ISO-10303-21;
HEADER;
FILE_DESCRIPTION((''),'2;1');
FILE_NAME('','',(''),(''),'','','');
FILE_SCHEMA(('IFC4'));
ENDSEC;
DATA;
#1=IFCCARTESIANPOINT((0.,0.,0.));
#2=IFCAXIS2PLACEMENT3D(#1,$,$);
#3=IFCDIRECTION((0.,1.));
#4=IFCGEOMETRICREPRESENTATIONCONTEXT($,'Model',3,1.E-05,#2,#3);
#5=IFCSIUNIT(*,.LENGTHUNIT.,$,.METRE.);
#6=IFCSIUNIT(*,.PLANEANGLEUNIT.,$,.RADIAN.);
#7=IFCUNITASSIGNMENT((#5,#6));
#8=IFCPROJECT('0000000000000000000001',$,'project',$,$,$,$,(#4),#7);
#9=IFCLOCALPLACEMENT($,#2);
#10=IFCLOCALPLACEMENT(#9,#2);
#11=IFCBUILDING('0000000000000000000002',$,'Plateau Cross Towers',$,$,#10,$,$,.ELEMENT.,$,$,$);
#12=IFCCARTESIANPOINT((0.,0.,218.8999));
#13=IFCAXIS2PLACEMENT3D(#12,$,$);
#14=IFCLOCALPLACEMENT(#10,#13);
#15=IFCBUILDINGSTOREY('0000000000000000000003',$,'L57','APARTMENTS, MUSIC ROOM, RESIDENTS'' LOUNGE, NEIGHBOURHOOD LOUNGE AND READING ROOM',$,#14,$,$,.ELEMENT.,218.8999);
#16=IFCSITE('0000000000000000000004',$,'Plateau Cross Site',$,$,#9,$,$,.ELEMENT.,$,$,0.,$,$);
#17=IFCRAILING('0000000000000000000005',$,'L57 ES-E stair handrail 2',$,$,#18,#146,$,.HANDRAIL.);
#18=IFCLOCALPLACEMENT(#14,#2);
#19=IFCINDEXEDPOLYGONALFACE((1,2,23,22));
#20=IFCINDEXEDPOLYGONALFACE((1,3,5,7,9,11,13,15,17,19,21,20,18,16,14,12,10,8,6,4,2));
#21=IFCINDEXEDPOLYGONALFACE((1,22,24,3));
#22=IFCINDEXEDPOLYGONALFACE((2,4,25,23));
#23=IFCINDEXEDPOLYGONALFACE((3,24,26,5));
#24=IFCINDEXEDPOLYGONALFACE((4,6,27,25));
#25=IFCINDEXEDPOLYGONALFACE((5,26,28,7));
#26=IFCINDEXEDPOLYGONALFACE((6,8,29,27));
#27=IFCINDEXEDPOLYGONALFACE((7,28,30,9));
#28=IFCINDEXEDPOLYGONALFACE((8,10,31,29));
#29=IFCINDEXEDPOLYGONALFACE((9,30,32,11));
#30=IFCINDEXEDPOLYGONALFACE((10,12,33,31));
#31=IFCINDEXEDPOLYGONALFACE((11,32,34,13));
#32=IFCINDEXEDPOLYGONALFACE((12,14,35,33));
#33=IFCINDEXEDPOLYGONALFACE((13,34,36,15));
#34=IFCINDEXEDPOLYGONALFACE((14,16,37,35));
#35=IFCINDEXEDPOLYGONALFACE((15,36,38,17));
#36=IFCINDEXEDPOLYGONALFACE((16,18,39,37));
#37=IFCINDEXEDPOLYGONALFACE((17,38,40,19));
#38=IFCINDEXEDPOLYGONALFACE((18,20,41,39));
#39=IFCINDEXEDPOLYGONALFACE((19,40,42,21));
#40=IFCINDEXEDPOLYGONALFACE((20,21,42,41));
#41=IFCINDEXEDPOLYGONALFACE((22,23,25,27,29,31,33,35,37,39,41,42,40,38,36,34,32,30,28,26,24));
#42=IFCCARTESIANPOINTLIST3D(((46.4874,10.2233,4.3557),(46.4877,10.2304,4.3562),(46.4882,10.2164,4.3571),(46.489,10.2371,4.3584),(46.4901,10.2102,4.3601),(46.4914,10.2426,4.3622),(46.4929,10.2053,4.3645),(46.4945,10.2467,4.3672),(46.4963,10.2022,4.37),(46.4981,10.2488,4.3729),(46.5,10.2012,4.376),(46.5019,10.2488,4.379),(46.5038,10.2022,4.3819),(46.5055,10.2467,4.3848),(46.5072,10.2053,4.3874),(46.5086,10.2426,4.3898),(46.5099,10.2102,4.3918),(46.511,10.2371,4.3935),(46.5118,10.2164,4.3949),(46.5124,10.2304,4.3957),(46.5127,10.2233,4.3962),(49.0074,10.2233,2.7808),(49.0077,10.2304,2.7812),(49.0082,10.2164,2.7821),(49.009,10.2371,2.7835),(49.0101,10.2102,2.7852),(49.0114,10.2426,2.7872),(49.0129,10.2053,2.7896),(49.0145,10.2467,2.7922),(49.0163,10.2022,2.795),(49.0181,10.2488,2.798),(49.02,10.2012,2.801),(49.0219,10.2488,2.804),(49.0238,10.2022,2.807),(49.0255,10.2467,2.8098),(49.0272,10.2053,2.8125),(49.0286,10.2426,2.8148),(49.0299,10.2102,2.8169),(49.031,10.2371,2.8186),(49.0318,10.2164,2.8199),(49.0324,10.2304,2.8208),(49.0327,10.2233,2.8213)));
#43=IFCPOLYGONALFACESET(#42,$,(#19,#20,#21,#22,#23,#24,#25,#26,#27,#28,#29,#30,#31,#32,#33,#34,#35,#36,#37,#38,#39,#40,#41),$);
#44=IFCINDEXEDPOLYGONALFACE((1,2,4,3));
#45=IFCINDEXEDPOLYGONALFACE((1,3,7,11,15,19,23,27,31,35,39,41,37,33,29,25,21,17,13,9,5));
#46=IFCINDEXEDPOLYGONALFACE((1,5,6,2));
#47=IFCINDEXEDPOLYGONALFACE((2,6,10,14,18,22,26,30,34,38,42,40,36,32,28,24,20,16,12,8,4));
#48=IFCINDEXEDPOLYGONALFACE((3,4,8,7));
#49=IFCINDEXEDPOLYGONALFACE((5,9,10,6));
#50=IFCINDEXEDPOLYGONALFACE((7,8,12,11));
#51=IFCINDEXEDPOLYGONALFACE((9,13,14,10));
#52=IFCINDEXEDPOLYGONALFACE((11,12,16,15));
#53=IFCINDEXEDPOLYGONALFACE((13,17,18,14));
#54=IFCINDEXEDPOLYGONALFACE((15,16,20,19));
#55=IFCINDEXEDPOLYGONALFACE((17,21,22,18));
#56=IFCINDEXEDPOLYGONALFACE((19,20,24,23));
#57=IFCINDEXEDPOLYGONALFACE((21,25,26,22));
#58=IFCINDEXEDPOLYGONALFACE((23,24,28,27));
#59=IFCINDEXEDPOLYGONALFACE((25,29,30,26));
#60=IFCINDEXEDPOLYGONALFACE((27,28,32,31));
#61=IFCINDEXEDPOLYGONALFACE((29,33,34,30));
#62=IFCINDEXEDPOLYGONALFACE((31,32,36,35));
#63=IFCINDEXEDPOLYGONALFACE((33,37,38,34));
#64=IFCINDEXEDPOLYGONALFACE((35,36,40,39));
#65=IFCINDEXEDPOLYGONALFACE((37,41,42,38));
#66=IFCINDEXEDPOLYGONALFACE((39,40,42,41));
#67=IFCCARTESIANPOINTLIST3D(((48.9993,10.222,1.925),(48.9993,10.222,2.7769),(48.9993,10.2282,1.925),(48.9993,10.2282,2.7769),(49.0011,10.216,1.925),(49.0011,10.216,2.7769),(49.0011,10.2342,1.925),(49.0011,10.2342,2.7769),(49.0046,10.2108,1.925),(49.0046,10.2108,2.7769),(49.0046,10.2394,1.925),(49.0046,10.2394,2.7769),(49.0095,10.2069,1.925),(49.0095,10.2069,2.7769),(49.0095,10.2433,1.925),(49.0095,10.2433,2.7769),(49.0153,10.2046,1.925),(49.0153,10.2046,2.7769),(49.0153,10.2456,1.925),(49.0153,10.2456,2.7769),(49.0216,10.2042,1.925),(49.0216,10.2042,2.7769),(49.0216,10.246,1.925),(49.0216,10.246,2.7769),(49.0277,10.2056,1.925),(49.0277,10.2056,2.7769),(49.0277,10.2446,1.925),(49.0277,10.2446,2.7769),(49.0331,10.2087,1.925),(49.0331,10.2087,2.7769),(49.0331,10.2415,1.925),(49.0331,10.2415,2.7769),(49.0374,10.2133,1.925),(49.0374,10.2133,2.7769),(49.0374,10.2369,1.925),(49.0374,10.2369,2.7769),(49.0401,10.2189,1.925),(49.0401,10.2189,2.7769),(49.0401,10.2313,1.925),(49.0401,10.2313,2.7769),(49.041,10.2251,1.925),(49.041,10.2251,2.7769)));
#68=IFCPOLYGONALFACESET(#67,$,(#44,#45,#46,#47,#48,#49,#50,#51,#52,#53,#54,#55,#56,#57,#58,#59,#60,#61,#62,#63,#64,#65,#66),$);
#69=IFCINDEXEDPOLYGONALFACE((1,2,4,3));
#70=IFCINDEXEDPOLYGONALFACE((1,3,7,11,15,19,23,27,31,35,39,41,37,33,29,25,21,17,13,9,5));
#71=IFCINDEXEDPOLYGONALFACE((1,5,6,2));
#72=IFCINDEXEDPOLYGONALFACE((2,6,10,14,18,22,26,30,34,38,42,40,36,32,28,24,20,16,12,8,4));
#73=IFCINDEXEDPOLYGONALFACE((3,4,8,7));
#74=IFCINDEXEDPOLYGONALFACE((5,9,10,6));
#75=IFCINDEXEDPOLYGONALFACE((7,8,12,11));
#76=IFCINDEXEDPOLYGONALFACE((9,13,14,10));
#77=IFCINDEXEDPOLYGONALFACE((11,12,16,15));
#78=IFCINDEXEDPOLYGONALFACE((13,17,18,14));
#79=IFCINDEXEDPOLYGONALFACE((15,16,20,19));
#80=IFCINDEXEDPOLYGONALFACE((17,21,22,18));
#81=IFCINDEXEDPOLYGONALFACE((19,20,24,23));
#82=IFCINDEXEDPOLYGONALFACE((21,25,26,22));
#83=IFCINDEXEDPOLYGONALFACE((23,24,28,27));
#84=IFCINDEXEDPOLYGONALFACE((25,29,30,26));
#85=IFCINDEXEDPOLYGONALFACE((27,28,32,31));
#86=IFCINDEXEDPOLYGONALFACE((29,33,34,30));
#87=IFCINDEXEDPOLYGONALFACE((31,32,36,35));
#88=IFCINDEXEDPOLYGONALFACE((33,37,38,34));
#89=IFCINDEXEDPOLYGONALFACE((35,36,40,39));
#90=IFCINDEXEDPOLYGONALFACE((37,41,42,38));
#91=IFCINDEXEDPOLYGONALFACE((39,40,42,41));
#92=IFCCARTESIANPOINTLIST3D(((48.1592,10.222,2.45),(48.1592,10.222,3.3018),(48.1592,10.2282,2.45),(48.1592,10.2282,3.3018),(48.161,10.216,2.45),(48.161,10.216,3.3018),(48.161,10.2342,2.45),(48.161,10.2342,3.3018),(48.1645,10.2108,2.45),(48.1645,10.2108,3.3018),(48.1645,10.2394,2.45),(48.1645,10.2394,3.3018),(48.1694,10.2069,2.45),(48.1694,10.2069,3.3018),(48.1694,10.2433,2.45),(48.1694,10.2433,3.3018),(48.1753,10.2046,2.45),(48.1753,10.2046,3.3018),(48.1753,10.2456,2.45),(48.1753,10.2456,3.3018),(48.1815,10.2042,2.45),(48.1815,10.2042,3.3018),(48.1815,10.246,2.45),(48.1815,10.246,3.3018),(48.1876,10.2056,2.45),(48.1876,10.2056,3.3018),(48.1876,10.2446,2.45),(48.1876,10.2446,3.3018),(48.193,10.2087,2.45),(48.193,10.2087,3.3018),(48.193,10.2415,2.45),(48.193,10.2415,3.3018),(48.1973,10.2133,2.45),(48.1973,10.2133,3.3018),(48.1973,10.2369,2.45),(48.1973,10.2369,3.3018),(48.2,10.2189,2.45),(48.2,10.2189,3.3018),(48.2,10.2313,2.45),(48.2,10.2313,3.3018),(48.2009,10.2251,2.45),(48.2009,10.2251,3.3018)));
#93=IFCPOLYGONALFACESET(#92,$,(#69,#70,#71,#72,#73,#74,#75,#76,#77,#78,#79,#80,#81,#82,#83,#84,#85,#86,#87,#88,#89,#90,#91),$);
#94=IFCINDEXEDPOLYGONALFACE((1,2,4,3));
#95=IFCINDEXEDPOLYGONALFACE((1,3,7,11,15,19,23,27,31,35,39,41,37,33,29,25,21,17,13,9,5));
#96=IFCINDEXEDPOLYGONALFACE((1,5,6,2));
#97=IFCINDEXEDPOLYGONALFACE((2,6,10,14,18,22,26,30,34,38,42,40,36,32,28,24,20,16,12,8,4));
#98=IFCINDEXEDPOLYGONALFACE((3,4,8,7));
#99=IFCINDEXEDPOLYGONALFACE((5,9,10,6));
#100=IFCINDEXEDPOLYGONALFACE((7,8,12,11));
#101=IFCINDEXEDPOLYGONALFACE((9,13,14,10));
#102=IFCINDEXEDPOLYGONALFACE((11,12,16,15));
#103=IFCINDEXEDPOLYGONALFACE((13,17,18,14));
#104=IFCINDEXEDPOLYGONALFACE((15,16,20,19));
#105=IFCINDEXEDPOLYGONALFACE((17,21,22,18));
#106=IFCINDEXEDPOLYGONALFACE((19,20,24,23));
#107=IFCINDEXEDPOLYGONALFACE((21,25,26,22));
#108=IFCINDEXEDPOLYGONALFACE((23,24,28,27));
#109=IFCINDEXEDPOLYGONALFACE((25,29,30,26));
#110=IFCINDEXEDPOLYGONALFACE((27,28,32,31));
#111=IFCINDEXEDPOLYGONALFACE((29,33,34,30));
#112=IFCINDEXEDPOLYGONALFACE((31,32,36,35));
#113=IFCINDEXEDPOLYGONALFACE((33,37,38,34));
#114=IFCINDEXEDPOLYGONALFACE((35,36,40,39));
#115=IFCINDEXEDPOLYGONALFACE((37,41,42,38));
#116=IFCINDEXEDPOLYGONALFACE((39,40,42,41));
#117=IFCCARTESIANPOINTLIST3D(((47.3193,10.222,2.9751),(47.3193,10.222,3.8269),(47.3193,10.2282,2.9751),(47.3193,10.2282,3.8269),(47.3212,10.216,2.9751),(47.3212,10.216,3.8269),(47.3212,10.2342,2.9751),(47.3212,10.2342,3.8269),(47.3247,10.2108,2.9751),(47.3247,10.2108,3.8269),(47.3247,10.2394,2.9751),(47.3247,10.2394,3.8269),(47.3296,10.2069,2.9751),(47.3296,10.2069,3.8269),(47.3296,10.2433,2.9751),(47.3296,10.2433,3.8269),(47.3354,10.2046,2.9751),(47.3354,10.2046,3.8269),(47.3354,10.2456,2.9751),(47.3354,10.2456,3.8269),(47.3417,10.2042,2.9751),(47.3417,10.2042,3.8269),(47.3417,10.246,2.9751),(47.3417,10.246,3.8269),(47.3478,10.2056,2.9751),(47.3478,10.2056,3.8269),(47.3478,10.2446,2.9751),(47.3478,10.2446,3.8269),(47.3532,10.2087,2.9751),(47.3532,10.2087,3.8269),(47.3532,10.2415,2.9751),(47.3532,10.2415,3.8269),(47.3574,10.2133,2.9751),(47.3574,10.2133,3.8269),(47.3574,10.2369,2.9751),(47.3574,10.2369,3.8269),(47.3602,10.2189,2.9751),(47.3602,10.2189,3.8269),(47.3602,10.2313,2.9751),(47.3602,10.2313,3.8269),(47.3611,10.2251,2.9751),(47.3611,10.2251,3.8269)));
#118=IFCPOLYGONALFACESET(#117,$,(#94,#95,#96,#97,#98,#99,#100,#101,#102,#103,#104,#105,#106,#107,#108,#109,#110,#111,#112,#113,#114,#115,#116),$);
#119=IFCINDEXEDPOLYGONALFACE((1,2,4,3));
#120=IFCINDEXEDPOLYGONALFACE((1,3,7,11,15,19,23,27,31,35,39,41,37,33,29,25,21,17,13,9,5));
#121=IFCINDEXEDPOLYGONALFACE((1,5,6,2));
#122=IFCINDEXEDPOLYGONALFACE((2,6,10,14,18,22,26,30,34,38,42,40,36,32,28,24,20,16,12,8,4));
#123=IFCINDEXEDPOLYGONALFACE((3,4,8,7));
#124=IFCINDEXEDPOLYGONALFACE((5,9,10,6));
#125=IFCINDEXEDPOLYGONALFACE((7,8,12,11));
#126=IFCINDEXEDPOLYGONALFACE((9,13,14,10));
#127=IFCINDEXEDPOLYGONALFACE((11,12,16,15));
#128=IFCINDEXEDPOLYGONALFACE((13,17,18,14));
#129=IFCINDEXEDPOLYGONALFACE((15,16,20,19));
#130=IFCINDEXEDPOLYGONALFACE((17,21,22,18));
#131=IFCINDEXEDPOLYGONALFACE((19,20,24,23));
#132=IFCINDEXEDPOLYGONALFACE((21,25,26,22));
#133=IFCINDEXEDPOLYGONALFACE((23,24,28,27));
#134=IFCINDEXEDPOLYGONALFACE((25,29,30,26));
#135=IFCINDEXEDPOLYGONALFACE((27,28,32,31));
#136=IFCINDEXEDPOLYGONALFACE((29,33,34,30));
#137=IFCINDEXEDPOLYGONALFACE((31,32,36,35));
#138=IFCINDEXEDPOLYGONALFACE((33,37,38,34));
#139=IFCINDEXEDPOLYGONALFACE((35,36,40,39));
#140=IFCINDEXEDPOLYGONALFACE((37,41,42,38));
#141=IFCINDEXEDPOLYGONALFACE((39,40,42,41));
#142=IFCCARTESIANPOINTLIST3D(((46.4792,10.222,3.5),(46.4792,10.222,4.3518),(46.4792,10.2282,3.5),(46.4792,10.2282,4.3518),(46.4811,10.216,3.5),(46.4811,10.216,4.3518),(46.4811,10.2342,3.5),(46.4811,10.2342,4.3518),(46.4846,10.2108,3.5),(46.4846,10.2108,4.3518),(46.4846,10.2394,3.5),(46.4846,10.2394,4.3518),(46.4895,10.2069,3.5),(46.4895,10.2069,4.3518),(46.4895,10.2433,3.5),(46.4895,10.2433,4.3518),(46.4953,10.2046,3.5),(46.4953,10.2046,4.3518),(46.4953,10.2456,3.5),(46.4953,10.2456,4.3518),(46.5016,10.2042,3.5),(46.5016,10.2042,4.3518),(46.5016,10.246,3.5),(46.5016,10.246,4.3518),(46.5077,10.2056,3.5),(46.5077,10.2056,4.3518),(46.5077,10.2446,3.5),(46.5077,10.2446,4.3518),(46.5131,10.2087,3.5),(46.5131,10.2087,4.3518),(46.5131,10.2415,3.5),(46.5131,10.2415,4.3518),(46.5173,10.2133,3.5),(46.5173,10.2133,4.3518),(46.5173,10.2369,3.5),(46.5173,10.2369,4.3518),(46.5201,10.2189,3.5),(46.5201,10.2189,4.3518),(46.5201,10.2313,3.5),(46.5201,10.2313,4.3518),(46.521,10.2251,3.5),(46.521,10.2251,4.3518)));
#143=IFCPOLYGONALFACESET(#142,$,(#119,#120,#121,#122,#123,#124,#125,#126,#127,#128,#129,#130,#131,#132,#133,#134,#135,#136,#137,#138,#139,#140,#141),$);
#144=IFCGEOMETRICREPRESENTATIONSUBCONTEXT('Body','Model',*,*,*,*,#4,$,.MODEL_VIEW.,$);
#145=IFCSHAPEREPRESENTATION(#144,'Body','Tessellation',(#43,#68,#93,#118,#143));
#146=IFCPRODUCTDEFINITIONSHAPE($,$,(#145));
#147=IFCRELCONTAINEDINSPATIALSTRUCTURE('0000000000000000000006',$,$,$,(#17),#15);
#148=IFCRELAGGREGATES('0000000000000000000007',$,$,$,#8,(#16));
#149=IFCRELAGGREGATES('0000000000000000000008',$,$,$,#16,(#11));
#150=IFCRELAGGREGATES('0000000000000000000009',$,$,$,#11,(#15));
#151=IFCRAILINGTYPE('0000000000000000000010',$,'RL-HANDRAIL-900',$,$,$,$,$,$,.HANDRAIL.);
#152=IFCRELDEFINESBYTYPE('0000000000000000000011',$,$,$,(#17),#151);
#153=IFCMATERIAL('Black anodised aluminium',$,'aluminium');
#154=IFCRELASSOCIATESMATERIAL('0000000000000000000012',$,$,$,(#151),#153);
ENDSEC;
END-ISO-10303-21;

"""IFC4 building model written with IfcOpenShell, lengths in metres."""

from ifc_helpers import new_model, si_unit, direction, frame, origin, origin_2d, place, context, subcontext, project, spatial, circle, extrude, material, type_object, element, save


model = new_model("IFC4")

# Units and contexts
model_context = context("Model", 3, precision=1e-05, world=origin(), true_north=direction((0.0, 1.0)))
body_context = subcontext(model_context, "Body", "Model", "MODEL_VIEW")
ifc_project = project(units=[si_unit("LENGTHUNIT", "METRE"), si_unit("PLANEANGLEUNIT", "RADIAN")], contexts=[model_context])

# Site, building, storey
site_placement = place(None, origin())
site = spatial("IfcSite", under=ifc_project, at=site_placement, Name="Plateau Cross Site", CompositionType="ELEMENT", RefElevation=0.0)
building_placement = place(site_placement, origin())
building = spatial("IfcBuilding", under=site, at=building_placement, Name="Plateau Cross Towers", CompositionType="ELEMENT")
storey_placement = place(building_placement, frame((0.0, 0.0, 218.8999)))
storey = spatial("IfcBuildingStorey", under=building, at=storey_placement, Name="L57", Description="APARTMENTS, MUSIC ROOM, RESIDENTS' LOUNGE, NEIGHBOURHOOD LOUNGE AND READING ROOM", CompositionType="ELEMENT", Elevation=218.8999)

# Shared definitions
ifc_material_1 = material(Name="Black anodised aluminium", Category="aluminium")

# Railing
railing_type_1 = type_object("IfcRailingType", Name="RL-HANDRAIL-900", PredefinedType="HANDRAIL", material=ifc_material_1)
railing_1_placement = place(storey_placement, frame((49.02, 10.2251, 1.925)))
element("IfcRailing", 1, at=railing_1_placement, inside=storey, type_object=railing_type_1, Name="L57 ES-E stair handrail 2", PredefinedType="HANDRAIL", context=body_context, shape_type="SweptSolid", body=[
    extrude(circle(Radius=0.0239, at=origin_2d()), frame((0.0, 0.0, 0.876), z_axis=(-0.848008, 0.0, 0.529984), x_axis=(0.0, -1.0, 0.0)), (0.0, 0.0, 1.0), 2.9717),
    extrude(circle(Radius=0.021, at=origin_2d()), origin(), (0.0, 0.0, 1.0), 0.8518),
    extrude(circle(Radius=0.021, at=origin_2d()), frame((-0.8401, 0.0, 0.5249)), (0.0, 0.0, 1.0), 0.8518),
    extrude(circle(Radius=0.021, at=origin_2d()), frame((-1.6799, 0.0, 1.05)), (0.0, 0.0, 1.0), 0.8518),
    extrude(circle(Radius=0.021, at=origin_2d()), frame((-2.52, 0.0, 1.575)), (0.0, 0.0, 1.0), 0.8518),
])

save(model, "model.ifc")
